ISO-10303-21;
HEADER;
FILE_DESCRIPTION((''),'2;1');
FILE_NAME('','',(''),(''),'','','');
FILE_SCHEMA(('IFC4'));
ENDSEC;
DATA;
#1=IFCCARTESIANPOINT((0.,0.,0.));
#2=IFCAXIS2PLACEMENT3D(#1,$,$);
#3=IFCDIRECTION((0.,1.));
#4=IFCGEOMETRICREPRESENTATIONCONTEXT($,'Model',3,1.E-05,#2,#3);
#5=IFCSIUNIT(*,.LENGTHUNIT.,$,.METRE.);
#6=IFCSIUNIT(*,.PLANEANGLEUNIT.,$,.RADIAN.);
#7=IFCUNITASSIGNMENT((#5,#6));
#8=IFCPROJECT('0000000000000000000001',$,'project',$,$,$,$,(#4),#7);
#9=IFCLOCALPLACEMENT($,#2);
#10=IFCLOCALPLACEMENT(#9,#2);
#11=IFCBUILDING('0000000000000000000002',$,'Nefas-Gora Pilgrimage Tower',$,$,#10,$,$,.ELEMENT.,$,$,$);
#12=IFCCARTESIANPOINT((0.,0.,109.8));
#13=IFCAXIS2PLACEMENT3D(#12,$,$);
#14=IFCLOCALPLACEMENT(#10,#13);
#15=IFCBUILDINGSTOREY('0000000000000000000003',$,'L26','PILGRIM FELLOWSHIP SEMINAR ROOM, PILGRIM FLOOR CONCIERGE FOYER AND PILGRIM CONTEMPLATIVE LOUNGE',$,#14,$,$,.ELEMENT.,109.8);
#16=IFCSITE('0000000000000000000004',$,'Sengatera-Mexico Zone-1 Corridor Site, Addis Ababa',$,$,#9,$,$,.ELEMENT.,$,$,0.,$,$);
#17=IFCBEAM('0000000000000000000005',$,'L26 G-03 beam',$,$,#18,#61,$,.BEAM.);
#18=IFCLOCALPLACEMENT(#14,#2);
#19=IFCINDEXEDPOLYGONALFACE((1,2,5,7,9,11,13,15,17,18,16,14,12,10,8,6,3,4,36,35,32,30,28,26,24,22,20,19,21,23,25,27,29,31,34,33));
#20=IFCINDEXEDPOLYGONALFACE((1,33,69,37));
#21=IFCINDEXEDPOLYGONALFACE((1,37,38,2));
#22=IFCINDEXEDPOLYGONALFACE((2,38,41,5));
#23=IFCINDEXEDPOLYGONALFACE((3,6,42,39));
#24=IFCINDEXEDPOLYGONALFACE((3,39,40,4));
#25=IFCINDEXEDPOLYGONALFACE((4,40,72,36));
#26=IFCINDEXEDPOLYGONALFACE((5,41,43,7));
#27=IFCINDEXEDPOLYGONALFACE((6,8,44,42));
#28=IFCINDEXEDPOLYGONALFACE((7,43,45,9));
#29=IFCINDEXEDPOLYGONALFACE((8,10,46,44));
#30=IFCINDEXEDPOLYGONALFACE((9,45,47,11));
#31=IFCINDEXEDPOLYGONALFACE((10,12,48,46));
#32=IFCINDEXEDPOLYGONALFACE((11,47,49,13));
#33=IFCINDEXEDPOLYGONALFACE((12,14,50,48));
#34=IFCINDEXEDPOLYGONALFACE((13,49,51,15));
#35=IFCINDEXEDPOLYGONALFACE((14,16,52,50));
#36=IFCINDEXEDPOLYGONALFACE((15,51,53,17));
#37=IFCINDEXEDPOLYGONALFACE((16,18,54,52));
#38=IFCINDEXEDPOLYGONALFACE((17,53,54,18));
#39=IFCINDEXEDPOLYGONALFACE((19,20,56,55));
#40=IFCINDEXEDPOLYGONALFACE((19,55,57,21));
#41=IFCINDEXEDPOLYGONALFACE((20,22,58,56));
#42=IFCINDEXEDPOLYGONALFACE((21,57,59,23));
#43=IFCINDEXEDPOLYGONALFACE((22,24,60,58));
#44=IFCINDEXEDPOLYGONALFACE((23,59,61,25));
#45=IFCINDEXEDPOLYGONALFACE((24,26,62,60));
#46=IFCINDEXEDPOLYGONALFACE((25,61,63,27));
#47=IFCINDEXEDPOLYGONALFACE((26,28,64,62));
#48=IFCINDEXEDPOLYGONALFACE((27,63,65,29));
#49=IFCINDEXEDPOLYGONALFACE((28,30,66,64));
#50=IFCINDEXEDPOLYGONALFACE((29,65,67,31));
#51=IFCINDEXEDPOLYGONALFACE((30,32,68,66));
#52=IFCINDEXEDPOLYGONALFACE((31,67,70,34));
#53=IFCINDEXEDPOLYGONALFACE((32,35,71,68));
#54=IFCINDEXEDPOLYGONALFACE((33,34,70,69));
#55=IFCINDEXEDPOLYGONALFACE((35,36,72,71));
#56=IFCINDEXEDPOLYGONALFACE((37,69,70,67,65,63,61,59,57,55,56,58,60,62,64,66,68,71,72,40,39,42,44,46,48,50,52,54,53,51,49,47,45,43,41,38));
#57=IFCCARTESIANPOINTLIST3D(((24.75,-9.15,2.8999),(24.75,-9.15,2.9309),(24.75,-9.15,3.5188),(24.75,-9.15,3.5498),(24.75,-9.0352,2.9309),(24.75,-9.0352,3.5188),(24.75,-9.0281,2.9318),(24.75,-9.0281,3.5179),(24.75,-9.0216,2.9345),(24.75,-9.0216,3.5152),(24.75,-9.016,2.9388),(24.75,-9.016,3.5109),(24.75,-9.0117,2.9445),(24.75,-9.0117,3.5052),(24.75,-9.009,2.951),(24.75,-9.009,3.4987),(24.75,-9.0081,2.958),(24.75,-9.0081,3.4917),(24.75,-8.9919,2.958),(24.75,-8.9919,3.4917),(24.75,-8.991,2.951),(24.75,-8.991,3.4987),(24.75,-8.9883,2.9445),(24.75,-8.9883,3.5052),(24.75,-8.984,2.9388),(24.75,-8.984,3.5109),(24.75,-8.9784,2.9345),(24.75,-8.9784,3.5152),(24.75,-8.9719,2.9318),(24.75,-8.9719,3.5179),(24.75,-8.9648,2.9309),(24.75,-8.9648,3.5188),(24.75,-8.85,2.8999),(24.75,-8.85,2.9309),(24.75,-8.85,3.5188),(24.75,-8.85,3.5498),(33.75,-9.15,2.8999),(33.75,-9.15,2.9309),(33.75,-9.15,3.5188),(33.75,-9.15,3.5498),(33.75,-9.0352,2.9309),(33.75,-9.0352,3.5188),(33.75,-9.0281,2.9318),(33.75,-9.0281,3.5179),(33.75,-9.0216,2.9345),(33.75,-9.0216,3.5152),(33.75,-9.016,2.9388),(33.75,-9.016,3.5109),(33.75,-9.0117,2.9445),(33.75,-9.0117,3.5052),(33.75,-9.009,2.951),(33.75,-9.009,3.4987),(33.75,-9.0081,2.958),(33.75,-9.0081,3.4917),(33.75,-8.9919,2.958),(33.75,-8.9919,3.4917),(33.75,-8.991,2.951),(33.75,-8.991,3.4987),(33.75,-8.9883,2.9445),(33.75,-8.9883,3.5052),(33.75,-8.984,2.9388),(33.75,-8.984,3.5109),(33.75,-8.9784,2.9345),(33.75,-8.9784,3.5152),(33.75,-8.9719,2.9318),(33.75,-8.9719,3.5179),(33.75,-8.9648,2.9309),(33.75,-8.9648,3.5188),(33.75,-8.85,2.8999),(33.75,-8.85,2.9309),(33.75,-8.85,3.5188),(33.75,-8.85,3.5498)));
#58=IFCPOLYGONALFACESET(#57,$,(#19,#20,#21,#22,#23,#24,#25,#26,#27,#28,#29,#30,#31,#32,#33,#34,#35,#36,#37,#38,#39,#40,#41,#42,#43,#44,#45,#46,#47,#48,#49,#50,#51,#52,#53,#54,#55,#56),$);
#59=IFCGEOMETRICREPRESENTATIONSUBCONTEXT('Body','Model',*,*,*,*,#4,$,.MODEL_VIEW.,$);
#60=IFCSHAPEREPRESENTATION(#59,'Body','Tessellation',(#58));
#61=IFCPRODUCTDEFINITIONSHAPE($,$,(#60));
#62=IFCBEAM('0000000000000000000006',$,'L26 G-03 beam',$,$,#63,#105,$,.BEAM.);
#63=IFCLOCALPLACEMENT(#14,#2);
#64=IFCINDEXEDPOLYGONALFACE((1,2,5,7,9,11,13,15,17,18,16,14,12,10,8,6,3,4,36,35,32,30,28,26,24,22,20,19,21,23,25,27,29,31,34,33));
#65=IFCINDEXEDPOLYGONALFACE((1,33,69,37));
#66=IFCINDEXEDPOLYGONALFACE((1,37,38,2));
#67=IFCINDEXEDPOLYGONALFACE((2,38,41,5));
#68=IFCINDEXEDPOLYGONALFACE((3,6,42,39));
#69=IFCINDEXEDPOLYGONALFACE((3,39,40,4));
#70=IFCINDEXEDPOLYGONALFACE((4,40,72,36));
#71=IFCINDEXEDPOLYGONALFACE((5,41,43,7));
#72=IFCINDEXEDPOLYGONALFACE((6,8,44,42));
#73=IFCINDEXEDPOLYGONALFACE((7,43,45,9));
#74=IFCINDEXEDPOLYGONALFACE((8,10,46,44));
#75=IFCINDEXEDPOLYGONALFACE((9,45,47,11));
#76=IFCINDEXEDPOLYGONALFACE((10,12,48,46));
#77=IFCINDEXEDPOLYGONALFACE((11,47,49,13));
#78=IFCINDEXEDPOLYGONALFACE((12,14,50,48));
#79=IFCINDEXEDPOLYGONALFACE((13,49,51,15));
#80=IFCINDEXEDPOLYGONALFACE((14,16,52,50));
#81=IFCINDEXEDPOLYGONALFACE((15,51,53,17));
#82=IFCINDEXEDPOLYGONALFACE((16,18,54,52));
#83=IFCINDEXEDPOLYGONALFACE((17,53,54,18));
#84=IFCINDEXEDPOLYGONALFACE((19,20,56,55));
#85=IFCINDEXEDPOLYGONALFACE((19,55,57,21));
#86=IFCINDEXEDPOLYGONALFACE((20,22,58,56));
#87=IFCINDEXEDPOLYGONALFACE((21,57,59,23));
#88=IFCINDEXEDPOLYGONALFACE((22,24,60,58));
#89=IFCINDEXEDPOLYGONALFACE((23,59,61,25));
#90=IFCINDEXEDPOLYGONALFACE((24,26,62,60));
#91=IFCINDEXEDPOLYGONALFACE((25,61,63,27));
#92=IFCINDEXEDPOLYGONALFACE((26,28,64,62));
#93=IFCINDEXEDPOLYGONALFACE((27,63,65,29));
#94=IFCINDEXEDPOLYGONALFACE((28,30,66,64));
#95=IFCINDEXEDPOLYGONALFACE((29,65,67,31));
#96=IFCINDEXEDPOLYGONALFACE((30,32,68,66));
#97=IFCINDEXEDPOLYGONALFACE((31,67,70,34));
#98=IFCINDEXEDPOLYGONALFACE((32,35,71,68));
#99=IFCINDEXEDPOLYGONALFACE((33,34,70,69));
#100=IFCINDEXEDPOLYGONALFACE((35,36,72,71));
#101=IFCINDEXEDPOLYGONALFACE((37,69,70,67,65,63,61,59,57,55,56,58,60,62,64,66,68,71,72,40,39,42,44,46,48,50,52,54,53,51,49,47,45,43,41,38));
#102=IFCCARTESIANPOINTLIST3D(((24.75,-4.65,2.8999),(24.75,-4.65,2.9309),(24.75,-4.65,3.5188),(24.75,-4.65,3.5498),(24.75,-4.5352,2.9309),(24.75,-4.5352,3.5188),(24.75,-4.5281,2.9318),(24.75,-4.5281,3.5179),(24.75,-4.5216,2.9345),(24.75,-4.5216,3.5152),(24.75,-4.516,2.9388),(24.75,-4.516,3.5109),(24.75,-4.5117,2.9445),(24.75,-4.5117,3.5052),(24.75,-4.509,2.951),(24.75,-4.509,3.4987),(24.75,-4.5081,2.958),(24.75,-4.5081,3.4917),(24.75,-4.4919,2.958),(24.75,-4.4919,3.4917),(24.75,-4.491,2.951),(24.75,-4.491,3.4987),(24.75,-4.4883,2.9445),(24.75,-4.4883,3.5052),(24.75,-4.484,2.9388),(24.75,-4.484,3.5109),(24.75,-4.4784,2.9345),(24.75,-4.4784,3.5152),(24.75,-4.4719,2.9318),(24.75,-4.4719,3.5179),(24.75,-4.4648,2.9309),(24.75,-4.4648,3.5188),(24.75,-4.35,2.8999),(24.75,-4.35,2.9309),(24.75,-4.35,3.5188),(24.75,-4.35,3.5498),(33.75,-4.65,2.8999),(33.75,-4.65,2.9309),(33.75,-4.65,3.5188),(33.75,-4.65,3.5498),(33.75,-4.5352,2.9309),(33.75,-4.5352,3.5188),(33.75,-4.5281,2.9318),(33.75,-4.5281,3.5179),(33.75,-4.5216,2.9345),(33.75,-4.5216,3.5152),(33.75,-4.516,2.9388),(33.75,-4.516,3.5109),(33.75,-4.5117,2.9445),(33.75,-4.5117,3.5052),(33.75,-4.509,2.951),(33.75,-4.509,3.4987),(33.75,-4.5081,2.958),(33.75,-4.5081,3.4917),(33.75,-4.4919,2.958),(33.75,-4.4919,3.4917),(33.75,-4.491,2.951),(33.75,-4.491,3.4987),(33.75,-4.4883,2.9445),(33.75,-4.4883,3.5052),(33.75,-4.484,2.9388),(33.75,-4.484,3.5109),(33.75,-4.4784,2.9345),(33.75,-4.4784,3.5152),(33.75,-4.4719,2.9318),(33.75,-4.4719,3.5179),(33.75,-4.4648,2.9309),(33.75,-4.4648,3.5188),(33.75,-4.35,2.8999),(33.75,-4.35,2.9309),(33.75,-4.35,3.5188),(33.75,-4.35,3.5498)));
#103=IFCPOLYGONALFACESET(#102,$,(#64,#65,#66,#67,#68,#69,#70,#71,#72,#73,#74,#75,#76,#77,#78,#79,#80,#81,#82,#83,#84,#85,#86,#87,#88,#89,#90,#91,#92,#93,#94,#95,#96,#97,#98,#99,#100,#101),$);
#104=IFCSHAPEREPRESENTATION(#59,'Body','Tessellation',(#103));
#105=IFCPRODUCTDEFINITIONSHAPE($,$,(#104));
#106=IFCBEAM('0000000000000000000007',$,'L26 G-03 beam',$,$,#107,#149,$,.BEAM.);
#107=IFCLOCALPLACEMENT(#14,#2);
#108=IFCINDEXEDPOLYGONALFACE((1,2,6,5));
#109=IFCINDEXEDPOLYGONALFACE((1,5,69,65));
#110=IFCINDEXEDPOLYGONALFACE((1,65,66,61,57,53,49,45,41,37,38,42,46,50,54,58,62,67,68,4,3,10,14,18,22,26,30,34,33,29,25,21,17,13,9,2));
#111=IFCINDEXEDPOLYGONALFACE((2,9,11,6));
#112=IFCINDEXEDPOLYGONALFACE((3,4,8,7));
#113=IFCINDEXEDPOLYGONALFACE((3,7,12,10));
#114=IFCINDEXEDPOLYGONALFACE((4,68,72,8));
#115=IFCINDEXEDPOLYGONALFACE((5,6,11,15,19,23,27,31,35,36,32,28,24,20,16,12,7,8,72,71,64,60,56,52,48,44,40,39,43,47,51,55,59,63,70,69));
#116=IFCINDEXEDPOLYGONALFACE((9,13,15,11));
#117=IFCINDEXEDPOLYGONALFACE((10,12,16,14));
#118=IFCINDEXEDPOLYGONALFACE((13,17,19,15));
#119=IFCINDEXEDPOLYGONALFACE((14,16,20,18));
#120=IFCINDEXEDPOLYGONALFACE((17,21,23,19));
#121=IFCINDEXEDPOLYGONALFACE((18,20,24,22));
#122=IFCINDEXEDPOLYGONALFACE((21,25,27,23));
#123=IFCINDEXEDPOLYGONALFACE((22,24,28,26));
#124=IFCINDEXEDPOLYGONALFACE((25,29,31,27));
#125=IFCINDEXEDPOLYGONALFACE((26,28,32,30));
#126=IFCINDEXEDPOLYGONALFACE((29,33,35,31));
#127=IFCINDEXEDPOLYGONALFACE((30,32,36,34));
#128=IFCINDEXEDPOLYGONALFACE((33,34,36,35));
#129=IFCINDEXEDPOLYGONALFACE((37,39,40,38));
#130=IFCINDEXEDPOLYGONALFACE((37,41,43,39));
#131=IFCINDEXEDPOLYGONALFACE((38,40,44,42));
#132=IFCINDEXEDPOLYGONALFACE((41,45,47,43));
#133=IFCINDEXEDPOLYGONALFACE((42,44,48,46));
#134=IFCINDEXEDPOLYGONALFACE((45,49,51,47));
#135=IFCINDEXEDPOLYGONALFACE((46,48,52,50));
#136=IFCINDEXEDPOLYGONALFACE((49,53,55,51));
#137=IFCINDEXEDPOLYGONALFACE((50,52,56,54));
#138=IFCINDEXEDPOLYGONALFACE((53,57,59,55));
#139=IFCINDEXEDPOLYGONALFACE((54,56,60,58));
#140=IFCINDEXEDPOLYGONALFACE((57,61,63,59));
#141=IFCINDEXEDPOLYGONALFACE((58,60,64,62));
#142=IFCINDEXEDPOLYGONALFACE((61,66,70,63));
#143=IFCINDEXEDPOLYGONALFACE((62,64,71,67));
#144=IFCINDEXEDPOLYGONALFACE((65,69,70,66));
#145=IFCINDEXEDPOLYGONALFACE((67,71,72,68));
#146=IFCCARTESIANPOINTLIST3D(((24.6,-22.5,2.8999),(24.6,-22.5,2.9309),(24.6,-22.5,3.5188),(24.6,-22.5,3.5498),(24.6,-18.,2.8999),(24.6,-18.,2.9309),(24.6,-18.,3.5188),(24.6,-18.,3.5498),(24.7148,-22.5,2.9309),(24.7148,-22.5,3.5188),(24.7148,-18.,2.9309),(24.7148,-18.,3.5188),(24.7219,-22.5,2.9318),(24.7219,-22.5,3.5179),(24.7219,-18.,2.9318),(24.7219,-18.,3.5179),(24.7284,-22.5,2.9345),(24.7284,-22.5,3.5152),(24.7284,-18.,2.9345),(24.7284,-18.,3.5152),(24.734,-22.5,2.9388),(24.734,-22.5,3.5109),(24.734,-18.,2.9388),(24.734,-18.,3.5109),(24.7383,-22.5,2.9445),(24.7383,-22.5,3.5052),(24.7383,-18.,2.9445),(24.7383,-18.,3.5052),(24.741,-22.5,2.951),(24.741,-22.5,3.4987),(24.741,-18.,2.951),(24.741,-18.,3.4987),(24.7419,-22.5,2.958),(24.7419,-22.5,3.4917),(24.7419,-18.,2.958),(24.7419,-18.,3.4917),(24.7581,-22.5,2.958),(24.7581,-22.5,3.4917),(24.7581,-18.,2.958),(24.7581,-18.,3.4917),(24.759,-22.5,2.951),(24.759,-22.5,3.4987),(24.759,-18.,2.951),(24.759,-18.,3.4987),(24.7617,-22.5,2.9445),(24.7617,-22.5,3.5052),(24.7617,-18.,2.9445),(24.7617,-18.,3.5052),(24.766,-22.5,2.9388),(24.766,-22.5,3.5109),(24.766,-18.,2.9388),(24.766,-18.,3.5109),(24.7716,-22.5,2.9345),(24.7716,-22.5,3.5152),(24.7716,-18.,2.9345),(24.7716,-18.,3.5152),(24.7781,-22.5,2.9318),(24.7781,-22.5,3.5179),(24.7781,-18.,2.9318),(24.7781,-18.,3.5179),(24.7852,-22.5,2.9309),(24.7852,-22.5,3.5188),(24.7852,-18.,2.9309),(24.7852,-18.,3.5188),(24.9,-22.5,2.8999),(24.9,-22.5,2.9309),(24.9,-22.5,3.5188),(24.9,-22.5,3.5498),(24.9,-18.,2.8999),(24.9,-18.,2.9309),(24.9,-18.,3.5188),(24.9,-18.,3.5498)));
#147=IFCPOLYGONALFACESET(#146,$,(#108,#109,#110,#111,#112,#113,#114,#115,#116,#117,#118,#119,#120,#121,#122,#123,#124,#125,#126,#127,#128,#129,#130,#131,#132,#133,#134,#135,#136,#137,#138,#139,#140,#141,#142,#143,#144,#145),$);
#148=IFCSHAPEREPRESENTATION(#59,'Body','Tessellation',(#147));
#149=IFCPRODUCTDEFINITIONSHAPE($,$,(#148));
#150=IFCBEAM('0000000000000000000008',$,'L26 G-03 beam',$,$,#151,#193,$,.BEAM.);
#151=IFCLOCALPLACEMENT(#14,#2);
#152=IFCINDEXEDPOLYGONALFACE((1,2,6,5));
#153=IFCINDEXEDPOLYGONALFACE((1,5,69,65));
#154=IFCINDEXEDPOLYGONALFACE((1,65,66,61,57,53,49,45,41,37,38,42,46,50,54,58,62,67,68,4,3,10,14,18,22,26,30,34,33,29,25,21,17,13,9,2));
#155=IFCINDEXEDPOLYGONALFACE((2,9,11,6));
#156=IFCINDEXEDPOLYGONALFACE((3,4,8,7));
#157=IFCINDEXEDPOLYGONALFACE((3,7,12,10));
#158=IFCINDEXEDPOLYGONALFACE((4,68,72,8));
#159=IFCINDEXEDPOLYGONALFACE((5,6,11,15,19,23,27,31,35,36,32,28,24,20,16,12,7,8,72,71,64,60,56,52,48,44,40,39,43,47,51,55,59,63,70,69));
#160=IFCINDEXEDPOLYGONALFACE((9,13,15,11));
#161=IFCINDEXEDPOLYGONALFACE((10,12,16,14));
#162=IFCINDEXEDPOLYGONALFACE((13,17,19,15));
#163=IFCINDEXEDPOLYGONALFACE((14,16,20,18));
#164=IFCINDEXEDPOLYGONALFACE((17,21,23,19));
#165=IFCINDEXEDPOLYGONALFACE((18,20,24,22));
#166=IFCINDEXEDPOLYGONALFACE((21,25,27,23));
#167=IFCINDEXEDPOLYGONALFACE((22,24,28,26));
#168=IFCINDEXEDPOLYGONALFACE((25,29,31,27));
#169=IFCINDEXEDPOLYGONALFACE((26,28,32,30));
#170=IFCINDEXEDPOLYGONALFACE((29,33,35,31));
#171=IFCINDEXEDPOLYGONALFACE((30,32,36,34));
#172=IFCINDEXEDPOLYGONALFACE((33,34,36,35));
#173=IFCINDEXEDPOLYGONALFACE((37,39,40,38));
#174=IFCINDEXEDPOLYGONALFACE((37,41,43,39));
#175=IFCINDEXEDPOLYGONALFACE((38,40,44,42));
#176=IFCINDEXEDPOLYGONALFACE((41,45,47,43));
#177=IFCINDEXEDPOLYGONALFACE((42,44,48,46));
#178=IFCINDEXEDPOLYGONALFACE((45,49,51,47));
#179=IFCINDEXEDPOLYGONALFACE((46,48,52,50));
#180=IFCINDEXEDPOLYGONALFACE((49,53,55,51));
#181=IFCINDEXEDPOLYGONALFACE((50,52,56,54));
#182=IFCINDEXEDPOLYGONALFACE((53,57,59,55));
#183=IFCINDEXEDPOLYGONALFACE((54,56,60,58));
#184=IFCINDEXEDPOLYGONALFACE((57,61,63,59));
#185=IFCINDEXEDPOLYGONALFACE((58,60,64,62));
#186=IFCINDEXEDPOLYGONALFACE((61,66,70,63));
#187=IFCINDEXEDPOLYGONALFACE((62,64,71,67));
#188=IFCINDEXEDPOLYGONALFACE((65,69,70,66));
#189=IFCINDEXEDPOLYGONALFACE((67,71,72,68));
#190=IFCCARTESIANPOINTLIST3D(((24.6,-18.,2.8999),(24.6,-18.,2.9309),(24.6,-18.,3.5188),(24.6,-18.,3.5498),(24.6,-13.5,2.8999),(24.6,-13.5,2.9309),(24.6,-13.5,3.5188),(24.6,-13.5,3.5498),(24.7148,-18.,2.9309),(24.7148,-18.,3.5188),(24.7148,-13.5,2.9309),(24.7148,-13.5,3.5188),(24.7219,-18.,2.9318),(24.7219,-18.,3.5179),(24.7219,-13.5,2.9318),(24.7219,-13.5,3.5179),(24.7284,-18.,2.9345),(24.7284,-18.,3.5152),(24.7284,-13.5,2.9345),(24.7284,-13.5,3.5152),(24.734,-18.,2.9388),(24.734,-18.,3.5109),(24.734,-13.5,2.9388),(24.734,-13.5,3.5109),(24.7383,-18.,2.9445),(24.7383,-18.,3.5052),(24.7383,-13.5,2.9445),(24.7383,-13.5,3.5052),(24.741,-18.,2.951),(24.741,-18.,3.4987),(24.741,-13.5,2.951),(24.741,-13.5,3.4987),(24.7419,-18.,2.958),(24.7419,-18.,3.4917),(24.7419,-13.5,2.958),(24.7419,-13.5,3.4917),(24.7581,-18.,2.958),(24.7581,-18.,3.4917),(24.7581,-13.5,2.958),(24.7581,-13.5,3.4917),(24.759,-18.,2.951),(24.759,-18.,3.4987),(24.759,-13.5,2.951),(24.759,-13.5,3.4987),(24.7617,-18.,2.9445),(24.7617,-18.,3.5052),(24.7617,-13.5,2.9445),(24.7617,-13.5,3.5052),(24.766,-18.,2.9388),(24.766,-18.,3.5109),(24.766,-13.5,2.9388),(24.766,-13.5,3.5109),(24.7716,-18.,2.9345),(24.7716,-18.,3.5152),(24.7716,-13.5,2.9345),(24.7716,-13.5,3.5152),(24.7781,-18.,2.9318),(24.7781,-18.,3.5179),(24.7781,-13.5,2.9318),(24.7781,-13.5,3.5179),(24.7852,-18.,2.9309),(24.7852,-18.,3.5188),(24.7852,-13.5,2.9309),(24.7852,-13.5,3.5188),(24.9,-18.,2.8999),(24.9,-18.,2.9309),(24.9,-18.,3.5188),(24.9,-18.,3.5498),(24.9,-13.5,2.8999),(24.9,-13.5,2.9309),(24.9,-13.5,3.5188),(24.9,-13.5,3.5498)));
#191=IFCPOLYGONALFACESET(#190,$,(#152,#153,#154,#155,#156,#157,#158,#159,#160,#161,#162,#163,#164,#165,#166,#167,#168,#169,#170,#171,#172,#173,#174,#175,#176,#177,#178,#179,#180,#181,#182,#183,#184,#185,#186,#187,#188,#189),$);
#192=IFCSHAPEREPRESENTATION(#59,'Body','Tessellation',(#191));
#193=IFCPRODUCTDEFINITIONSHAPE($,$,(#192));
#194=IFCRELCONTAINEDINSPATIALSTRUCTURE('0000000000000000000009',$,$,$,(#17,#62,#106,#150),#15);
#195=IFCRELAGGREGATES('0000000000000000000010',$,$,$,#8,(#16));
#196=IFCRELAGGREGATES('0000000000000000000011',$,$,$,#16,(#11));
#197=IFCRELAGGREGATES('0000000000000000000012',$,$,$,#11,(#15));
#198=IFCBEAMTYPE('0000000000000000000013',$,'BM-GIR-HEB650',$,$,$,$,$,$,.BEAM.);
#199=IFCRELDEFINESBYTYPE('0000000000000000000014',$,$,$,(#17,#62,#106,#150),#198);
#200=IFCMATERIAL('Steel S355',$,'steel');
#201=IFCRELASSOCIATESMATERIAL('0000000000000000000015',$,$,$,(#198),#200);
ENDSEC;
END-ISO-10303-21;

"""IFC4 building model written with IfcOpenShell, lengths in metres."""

from ifc_helpers import new_model, si_unit, direction, frame, origin, origin_2d, place, context, subcontext, project, spatial, i_section, extrude, source, transform, mapped, material, material_profile, profile_set, type_object, element, save


model = new_model("IFC4")

# Units and contexts
model_context = context("Model", 3, precision=1e-05, world=origin(), true_north=direction((0.0, 1.0)))
body_context = subcontext(model_context, "Body", "Model", "MODEL_VIEW")
ifc_project = project(units=[si_unit("LENGTHUNIT", "METRE"), si_unit("PLANEANGLEUNIT", "RADIAN")], contexts=[model_context])

# Site, building, storey
site_placement = place(None, origin())
site = spatial("IfcSite", under=ifc_project, at=site_placement, Name="Sengatera-Mexico Zone-1 Corridor Site, Addis Ababa", CompositionType="ELEMENT", RefElevation=0.0)
building_placement = place(site_placement, origin())
building = spatial("IfcBuilding", under=site, at=building_placement, Name="Nefas-Gora Pilgrimage Tower", CompositionType="ELEMENT")
storey_placement = place(building_placement, frame((0.0, 0.0, 109.8)))
storey = spatial("IfcBuildingStorey", under=building, at=storey_placement, Name="L26", Description="PILGRIM FELLOWSHIP SEMINAR ROOM, PILGRIM FLOOR CONCIERGE FOYER AND PILGRIM CONTEMPLATIVE LOUNGE", CompositionType="ELEMENT", Elevation=109.8)

# Beams
ifc_material_1 = material(Name="Steel S355", Category="steel")
ifc_material_profile_1 = material_profile(ifc_material_1, i_section(OverallWidth=0.3, OverallDepth=0.6499, WebThickness=0.0161, FlangeThickness=0.031, FilletRadius=0.0271, at=origin_2d()), Name="HEB 650")
ifc_profile_set_1 = profile_set([ifc_material_profile_1], Name="Steel S355")
beam_type_1 = type_object("IfcBeamType", Name="BM-GIR-HEB650", PredefinedType="BEAM", material=ifc_profile_set_1)
shared_shape_1 = source(origin(), body_context, "Body", "SweptSolid", [
    extrude(i_section(OverallWidth=0.3, OverallDepth=0.6499, WebThickness=0.0161, FlangeThickness=0.031, FilletRadius=0.0271, at=origin_2d()), origin(), (0.0, 0.0, 1.0), 9.0),
])
for number, where, z_axis, x_axis, name in (
    (1, (24.75, -9.0, 3.2249), (1.0, 0.0, 0.0), (0.0, 1.0, 0.0), "L26 G-03 beam"),
    (2, (24.75, -4.5, 3.2249), (1.0, 0.0, 0.0), (0.0, 1.0, 0.0), "L26 G-03 beam"),
):
    element("IfcBeam", number, at=place(storey_placement, frame(where, z_axis=z_axis, x_axis=x_axis)), inside=storey, type_object=beam_type_1, Name=name, PredefinedType="BEAM", context=body_context, shape_type="MappedRepresentation", body=[
        mapped(shared_shape_1, transform((0.0, 0.0, 0.0), x_axis=(1.0, 0.0, 0.0), y_axis=(0.0, 1.0, 0.0), z_axis=(0.0, 0.0, 1.0), scale=1.0)),
    ])
shared_shape_2 = source(origin(), body_context, "Body", "SweptSolid", [
    extrude(i_section(OverallWidth=0.3, OverallDepth=0.6499, WebThickness=0.0161, FlangeThickness=0.031, FilletRadius=0.0271, at=origin_2d()), origin(), (0.0, 0.0, 1.0), 4.5),
])
for number, where, z_axis, x_axis, name in (
    (3, (24.75, -22.5, 3.2249), (0.0, 1.0, 0.0), (-1.0, 0.0, 0.0), "L26 G-03 beam"),
    (4, (24.75, -18.0, 3.2249), (0.0, 1.0, 0.0), (-1.0, 0.0, 0.0), "L26 G-03 beam"),
):
    element("IfcBeam", number, at=place(storey_placement, frame(where, z_axis=z_axis, x_axis=x_axis)), inside=storey, type_object=beam_type_1, Name=name, PredefinedType="BEAM", context=body_context, shape_type="MappedRepresentation", body=[
        mapped(shared_shape_2, transform((0.0, 0.0, 0.0), x_axis=(1.0, 0.0, 0.0), y_axis=(0.0, 1.0, 0.0), z_axis=(0.0, 0.0, 1.0), scale=1.0)),
    ])

save(model, "model.ifc")
